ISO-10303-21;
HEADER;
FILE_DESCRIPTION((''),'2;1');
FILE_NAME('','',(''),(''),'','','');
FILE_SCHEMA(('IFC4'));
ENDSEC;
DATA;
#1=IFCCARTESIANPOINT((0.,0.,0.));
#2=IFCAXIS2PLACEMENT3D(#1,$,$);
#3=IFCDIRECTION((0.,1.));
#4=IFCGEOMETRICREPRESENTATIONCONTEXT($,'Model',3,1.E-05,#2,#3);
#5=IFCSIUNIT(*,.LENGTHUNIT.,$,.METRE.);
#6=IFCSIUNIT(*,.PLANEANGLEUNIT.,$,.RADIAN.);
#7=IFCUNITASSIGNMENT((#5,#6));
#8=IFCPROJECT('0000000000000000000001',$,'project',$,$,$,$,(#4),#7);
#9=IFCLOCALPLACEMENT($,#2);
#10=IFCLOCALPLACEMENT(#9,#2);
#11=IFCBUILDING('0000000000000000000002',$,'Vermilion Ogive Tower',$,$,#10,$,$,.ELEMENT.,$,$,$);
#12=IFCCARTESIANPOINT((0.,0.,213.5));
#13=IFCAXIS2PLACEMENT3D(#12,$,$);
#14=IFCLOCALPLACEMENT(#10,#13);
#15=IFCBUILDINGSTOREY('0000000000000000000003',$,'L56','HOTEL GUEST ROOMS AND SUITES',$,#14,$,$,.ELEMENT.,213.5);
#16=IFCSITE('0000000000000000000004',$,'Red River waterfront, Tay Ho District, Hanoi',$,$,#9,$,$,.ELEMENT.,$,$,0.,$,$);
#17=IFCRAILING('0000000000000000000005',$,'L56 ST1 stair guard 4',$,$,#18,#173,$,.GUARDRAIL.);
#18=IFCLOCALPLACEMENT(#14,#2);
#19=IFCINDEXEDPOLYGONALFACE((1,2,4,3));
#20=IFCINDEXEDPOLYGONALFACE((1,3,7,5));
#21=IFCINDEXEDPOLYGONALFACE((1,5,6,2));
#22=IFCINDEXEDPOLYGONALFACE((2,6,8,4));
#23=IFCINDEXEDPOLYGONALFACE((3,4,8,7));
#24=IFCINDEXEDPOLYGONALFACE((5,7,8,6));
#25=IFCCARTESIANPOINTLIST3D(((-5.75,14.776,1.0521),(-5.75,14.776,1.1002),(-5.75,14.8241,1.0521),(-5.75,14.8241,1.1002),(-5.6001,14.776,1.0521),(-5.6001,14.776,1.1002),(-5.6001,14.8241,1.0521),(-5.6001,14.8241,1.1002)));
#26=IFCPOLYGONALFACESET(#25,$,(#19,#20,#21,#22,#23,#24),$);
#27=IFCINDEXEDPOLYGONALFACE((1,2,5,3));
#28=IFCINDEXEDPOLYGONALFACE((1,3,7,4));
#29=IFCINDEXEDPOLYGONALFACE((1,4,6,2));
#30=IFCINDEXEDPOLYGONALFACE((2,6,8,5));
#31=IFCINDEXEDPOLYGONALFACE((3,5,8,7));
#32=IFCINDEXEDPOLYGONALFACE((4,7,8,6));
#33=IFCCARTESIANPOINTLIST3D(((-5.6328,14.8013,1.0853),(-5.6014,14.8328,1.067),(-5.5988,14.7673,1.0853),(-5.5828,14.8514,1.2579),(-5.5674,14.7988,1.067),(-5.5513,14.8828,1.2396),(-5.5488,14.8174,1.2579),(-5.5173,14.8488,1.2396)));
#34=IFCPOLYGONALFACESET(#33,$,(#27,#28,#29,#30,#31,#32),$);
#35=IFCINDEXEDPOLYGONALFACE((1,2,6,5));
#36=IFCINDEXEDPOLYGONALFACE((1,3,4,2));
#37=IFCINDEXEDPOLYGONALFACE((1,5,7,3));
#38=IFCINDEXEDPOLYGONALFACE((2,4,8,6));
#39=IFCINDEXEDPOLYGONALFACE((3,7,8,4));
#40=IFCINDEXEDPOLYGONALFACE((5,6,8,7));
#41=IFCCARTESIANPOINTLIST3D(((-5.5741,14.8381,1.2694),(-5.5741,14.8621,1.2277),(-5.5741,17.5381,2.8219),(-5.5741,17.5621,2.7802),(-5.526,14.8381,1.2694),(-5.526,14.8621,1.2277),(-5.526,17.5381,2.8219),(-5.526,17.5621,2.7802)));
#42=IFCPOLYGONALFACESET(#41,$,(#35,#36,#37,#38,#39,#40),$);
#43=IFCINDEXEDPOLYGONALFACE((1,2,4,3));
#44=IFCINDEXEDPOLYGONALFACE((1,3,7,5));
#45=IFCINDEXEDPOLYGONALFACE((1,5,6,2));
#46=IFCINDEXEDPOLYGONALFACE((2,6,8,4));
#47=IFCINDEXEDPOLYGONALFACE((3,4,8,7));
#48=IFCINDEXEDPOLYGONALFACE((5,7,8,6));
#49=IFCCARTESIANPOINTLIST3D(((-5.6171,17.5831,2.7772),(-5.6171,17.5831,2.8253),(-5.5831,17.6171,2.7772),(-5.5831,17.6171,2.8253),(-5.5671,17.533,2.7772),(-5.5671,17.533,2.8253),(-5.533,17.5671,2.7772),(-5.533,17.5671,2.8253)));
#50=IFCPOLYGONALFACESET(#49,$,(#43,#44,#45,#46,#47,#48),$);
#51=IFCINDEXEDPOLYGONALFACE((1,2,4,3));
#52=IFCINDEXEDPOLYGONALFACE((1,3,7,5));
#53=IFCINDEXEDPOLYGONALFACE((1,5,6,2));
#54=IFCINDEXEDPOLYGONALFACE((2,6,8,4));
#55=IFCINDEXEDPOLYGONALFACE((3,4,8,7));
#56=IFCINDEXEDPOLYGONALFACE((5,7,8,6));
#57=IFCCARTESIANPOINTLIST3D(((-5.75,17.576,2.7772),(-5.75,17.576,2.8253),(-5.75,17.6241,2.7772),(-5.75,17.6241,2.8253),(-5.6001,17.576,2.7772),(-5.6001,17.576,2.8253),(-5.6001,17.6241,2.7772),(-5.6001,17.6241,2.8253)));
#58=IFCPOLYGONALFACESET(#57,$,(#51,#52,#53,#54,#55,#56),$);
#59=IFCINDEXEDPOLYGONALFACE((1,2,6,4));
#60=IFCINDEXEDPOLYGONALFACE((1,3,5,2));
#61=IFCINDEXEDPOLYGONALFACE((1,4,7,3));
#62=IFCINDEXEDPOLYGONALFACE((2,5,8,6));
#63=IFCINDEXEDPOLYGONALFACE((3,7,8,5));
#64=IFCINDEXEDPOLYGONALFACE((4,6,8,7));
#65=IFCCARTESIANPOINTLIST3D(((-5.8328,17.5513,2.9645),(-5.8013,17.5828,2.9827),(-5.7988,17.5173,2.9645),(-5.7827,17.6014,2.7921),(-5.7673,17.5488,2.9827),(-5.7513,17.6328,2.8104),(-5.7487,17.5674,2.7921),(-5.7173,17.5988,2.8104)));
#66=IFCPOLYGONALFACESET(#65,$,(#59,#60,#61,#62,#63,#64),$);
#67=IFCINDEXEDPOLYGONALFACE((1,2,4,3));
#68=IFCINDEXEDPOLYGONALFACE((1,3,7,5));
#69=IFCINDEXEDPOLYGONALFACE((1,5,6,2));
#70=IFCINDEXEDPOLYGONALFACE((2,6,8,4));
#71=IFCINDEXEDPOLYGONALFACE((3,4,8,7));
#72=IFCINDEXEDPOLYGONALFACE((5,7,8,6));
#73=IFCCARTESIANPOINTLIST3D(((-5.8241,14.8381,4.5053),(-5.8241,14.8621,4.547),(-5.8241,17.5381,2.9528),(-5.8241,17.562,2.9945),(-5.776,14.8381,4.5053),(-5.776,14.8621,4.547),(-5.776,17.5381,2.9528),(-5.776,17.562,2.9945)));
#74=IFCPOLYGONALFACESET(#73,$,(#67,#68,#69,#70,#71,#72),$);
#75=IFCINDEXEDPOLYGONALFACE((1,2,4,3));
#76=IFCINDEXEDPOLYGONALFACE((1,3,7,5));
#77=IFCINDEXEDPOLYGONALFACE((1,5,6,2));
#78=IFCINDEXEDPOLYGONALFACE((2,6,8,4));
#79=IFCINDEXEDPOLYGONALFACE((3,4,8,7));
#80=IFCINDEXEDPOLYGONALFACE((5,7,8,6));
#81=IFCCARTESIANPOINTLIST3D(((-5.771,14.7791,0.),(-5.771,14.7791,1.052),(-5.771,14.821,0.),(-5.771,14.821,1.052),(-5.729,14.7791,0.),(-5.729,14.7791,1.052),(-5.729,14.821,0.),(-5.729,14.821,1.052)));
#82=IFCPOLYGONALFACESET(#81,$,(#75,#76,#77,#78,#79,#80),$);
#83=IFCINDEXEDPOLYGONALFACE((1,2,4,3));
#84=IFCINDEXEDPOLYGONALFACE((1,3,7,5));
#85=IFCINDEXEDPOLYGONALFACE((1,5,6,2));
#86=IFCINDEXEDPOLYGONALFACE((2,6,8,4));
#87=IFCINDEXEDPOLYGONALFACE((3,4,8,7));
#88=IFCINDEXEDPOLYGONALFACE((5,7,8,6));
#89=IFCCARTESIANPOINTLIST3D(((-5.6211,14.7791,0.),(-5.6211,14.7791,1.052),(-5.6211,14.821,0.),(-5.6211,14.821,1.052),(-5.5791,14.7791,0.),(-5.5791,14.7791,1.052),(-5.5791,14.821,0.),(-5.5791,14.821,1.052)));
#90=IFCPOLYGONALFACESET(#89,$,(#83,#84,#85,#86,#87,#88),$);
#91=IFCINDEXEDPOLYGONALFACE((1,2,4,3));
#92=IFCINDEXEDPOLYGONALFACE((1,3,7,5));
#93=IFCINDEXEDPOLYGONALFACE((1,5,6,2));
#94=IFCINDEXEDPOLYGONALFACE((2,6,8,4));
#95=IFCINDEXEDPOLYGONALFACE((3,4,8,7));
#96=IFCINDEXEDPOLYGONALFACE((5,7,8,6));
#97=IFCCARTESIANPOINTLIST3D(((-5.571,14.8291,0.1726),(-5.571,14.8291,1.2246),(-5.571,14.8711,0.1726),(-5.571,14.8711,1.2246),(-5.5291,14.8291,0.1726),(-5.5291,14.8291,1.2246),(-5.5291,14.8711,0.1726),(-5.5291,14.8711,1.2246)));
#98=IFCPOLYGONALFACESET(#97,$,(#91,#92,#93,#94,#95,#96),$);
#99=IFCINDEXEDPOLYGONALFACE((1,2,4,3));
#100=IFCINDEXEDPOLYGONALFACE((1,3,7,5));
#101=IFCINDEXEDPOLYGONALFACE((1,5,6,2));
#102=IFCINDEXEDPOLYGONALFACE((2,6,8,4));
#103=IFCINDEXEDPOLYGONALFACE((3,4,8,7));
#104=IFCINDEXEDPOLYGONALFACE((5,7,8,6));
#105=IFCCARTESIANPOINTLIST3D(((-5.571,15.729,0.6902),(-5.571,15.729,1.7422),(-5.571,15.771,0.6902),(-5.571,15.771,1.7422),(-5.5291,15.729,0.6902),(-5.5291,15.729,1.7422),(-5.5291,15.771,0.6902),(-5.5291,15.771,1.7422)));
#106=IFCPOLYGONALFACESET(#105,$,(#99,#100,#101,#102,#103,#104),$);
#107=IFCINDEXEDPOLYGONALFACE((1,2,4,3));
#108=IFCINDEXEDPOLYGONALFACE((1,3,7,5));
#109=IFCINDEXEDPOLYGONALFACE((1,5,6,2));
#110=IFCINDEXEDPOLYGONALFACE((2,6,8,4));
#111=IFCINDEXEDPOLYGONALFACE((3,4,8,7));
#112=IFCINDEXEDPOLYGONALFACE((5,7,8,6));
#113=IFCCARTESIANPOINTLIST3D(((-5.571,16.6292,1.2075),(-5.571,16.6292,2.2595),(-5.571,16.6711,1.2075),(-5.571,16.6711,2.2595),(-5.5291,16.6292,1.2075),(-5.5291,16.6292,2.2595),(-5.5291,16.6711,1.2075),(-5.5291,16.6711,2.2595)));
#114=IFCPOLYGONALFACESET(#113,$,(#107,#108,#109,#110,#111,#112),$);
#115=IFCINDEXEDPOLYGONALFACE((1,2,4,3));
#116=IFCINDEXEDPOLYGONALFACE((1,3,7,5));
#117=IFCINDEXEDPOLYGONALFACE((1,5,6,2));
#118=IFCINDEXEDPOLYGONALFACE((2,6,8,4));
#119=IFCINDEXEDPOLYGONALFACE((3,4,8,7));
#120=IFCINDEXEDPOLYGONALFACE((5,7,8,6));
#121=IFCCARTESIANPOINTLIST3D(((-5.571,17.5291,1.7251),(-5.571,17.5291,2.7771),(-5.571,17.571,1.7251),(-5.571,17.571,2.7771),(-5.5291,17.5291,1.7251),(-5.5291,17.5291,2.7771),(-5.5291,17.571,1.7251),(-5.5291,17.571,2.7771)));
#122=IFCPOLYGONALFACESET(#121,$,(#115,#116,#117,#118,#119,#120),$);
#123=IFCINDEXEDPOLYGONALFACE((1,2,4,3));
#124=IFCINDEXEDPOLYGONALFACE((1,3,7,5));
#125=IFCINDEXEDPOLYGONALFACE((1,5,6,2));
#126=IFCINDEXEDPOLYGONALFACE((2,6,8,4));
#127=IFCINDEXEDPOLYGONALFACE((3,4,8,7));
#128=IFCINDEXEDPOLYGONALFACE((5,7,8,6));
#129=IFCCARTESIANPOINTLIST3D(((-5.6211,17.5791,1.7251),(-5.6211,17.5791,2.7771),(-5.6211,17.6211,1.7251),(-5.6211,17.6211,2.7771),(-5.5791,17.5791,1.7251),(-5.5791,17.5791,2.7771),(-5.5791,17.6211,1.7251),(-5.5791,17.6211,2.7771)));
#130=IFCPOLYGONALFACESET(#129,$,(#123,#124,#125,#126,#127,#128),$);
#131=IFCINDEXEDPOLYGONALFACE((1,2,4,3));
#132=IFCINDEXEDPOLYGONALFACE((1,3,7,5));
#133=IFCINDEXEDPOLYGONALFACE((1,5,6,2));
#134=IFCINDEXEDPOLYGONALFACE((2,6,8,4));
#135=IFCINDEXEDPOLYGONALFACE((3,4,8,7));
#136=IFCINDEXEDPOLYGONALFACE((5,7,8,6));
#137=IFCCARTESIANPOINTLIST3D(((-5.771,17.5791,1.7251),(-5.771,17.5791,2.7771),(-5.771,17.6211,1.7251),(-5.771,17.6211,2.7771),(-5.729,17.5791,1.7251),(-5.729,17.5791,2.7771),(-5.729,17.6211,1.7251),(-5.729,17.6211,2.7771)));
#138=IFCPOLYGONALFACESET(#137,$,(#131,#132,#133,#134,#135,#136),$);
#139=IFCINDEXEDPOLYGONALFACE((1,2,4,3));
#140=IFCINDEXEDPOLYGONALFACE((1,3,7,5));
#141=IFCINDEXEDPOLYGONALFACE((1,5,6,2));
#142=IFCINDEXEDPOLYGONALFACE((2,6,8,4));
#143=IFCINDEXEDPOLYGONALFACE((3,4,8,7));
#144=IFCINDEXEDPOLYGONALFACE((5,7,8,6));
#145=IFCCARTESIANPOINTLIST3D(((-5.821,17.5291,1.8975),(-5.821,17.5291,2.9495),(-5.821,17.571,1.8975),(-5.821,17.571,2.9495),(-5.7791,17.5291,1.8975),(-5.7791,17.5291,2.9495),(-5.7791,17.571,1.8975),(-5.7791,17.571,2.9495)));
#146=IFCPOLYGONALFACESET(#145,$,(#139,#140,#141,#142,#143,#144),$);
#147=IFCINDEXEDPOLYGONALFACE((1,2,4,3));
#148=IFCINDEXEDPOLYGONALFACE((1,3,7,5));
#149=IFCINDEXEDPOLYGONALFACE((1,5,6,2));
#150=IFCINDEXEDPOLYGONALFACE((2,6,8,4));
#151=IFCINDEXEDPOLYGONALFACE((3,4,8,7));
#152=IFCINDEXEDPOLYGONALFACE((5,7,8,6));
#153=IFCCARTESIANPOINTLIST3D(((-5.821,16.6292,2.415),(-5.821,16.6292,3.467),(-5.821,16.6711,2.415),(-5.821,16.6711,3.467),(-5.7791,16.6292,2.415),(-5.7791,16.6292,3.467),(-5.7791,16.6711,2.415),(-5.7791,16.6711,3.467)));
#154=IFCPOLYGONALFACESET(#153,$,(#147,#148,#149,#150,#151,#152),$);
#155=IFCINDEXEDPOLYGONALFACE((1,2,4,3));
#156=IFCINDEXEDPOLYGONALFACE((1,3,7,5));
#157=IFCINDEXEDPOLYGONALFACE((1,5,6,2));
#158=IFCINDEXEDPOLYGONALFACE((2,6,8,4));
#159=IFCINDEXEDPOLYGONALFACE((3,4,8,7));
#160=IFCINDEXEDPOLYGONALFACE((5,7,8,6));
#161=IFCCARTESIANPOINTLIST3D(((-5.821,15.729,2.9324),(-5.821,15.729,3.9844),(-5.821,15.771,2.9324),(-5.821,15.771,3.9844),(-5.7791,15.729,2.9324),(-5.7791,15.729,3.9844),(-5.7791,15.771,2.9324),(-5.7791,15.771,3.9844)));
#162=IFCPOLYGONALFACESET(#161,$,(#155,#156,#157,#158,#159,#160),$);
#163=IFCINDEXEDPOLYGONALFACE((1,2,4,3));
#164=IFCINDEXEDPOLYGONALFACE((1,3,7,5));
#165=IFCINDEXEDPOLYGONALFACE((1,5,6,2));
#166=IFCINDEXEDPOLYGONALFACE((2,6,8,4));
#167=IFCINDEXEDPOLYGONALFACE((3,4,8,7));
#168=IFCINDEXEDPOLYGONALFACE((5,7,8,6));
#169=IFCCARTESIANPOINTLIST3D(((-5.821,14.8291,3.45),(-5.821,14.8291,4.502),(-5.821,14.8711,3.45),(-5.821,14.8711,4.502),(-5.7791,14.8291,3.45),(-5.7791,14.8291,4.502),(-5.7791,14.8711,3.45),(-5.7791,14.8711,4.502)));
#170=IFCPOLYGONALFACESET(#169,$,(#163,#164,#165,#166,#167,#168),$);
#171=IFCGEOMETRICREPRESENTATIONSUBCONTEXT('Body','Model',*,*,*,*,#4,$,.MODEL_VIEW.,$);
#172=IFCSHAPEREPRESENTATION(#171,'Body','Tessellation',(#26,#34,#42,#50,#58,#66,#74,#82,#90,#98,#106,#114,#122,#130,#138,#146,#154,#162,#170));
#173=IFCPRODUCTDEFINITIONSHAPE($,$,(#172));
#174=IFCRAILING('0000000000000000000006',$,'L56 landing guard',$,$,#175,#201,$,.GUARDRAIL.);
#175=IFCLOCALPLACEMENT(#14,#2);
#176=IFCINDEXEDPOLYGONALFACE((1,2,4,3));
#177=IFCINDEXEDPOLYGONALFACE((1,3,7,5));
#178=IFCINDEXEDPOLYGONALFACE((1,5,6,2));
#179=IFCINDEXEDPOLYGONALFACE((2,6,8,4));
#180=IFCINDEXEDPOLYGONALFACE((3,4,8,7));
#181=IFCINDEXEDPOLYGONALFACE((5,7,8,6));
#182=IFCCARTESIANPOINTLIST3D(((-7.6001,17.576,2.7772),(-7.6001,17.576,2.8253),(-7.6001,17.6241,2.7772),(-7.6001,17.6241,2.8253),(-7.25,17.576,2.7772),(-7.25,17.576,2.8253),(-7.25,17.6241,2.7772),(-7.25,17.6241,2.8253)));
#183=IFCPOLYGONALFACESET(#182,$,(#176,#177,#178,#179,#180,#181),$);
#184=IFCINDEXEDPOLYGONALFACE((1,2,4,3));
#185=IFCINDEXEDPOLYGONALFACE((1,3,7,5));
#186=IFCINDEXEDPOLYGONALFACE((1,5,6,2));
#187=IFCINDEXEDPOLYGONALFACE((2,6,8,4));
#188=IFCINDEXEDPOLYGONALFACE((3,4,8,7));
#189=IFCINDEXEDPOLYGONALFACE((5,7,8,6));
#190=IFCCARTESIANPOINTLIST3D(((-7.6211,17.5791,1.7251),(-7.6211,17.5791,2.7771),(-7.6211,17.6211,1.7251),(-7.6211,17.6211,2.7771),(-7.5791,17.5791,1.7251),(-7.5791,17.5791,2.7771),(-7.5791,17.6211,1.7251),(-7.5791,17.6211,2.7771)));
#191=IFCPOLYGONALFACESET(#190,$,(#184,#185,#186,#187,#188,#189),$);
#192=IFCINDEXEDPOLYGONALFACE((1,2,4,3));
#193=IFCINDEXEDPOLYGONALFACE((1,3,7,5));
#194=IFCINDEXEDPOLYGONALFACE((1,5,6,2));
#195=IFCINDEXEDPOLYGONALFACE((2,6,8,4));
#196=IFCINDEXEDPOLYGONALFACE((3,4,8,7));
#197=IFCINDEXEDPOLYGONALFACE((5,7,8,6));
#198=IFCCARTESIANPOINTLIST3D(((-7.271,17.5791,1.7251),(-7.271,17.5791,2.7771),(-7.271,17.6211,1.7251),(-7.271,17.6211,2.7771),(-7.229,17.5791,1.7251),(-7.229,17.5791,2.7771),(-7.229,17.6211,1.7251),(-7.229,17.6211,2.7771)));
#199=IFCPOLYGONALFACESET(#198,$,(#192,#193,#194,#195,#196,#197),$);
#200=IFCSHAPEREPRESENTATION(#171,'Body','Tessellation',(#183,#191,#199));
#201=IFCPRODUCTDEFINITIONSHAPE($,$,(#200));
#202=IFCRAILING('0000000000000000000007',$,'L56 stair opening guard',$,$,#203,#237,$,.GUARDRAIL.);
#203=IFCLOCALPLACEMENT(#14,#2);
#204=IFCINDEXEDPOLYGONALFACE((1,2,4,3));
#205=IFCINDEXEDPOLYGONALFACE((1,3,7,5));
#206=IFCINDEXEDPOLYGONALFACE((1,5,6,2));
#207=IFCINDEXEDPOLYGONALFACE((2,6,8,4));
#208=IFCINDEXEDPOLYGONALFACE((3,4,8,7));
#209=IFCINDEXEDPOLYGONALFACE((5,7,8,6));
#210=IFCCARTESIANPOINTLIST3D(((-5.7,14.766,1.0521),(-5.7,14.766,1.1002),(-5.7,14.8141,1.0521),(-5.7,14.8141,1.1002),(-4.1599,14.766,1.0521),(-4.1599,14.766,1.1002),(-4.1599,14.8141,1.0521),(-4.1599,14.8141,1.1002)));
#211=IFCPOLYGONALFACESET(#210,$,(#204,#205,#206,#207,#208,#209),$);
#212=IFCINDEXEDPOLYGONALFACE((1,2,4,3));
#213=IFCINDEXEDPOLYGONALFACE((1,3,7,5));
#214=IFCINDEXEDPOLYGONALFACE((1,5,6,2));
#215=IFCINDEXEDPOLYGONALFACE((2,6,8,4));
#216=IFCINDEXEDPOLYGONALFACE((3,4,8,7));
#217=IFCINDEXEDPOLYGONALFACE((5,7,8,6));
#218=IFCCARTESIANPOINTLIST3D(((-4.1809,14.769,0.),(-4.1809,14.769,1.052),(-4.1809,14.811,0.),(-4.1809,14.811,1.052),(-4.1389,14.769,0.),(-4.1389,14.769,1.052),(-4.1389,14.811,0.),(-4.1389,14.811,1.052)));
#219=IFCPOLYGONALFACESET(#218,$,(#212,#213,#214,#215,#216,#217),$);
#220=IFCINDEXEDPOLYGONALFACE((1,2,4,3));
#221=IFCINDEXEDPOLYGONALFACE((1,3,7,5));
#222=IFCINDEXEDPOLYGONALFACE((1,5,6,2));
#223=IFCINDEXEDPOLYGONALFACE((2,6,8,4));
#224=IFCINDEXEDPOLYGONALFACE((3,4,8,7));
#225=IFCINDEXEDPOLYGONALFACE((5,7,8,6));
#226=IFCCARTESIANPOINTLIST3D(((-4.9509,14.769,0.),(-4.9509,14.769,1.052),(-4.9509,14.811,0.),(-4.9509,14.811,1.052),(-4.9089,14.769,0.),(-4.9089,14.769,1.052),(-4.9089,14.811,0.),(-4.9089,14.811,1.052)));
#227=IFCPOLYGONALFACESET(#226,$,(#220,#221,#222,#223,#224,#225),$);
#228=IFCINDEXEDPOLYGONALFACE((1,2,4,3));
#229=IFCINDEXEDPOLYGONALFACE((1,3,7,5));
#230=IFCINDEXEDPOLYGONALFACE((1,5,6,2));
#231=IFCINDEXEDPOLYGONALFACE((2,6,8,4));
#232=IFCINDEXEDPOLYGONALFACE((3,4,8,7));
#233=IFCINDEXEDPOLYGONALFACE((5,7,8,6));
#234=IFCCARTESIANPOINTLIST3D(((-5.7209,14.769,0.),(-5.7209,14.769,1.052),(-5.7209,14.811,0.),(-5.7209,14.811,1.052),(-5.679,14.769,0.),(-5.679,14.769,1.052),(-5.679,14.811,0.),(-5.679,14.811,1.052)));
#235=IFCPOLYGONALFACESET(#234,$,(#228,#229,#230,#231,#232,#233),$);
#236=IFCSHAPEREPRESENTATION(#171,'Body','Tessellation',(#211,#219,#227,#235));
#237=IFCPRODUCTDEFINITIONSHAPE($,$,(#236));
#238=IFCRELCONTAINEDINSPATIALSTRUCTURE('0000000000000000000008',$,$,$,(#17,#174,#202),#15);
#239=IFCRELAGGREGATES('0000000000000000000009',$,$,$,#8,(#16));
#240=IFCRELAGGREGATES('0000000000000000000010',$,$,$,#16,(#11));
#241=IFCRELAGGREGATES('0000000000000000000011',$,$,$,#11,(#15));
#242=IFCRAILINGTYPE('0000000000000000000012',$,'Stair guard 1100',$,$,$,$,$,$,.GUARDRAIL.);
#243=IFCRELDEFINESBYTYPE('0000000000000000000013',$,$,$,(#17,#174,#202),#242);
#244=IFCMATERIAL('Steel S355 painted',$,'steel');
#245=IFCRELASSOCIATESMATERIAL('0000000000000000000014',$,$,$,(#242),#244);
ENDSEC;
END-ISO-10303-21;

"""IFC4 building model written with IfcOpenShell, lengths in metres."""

from ifc_helpers import new_model, si_unit, direction, frame, origin, origin_2d, place, context, subcontext, project, spatial, rectangle, extrude, material, type_object, element, save


model = new_model("IFC4")

# Units and contexts
model_context = context("Model", 3, precision=1e-05, world=origin(), true_north=direction((0.0, 1.0)))
body_context = subcontext(model_context, "Body", "Model", "MODEL_VIEW")
ifc_project = project(units=[si_unit("LENGTHUNIT", "METRE"), si_unit("PLANEANGLEUNIT", "RADIAN")], contexts=[model_context])

# Site, building, storey
site_placement = place(None, origin())
site = spatial("IfcSite", under=ifc_project, at=site_placement, Name="Red River waterfront, Tay Ho District, Hanoi", CompositionType="ELEMENT", RefElevation=0.0)
building_placement = place(site_placement, origin())
building = spatial("IfcBuilding", under=site, at=building_placement, Name="Vermilion Ogive Tower", CompositionType="ELEMENT")
storey_placement = place(building_placement, frame((0.0, 0.0, 213.5)))
storey = spatial("IfcBuildingStorey", under=building, at=storey_placement, Name="L56", Description="HOTEL GUEST ROOMS AND SUITES", CompositionType="ELEMENT", Elevation=213.5)

# Railings
ifc_material_1 = material(Name="Steel S355 painted", Category="steel")
railing_type_1 = type_object("IfcRailingType", Name="Stair guard 1100", PredefinedType="GUARDRAIL", material=ifc_material_1)
railing_1_placement = place(storey_placement, frame((-5.75, 14.8, 0.0)))
element("IfcRailing", 1, at=railing_1_placement, inside=storey, type_object=railing_type_1, Name="L56 ST1 stair guard 4", PredefinedType="GUARDRAIL", context=body_context, shape_type="SweptSolid", body=[
    extrude(rectangle(XDim=0.0481, YDim=0.0481, at=origin_2d()), frame((0.0, 0.0, 1.0762), z_axis=(1.0, 0.0, 0.0), x_axis=(0.0, 1.0, 0.0)), (0.0, 0.0, 1.0), 0.1499),
    extrude(rectangle(XDim=0.0481, YDim=0.0481, at=origin_2d()), frame((0.1499, 0.0, 1.0762), z_axis=(0.268278, 0.268278, 0.925232), x_axis=(-0.707107, 0.707107, 0.0)), (0.0, 0.0, 1.0), 0.1865),
    extrude(rectangle(XDim=0.0481, YDim=0.0481, at=origin_2d()), frame((0.2, 0.05, 1.2485), z_axis=(0.0, 0.866904, 0.498476), x_axis=(-1.0, 0.0, 0.0)), (0.0, 0.0, 1.0), 3.1145),
    extrude(rectangle(XDim=0.0481, YDim=0.0481, at=origin_2d()), frame((0.2, 2.75, 2.8013), z_axis=(-0.707107, 0.707107, 0.0), x_axis=(-0.707107, -0.707107, 0.0)), (0.0, 0.0, 1.0), 0.0708),
    extrude(rectangle(XDim=0.0481, YDim=0.0481, at=origin_2d()), frame((0.1499, 2.8, 2.8013), z_axis=(-1.0, 0.0, 0.0), x_axis=(0.0, -1.0, 0.0)), (0.0, 0.0, 1.0), 0.1499),
    extrude(rectangle(XDim=0.0481, YDim=0.0481, at=origin_2d()), frame((0.0, 2.8, 2.8013), z_axis=(-0.268603, -0.268603, 0.925043), x_axis=(0.707107, -0.707107, 0.0)), (0.0, 0.0, 1.0), 0.1863),
    extrude(rectangle(XDim=0.0481, YDim=0.0481, at=origin_2d()), frame((-0.05, 2.75, 2.9736), z_axis=(0.0, -0.866904, 0.498476), x_axis=(1.0, 0.0, 0.0)), (0.0, 0.0, 1.0), 3.1145),
    extrude(rectangle(XDim=0.042, YDim=0.042, at=origin_2d()), origin(), (0.0, 0.0, 1.0), 1.052),
    extrude(rectangle(XDim=0.042, YDim=0.042, at=origin_2d()), frame((0.1499, 0.0, 0.0)), (0.0, 0.0, 1.0), 1.052),
    extrude(rectangle(XDim=0.042, YDim=0.042, at=origin_2d()), frame((0.2, 0.05, 0.1726)), (0.0, 0.0, 1.0), 1.052),
    extrude(rectangle(XDim=0.042, YDim=0.042, at=origin_2d()), frame((0.2, 0.95, 0.6902)), (0.0, 0.0, 1.0), 1.052),
    extrude(rectangle(XDim=0.042, YDim=0.042, at=origin_2d()), frame((0.2, 1.8501, 1.2075)), (0.0, 0.0, 1.0), 1.052),
    extrude(rectangle(XDim=0.042, YDim=0.042, at=origin_2d()), frame((0.2, 2.75, 1.7251)), (0.0, 0.0, 1.0), 1.052),
    extrude(rectangle(XDim=0.042, YDim=0.042, at=origin_2d()), frame((0.1499, 2.8, 1.7251)), (0.0, 0.0, 1.0), 1.052),
    extrude(rectangle(XDim=0.042, YDim=0.042, at=origin_2d()), frame((0.0, 2.8, 1.7251)), (0.0, 0.0, 1.0), 1.052),
    extrude(rectangle(XDim=0.042, YDim=0.042, at=origin_2d()), frame((-0.05, 2.75, 1.8975)), (0.0, 0.0, 1.0), 1.052),
    extrude(rectangle(XDim=0.042, YDim=0.042, at=origin_2d()), frame((-0.05, 1.8501, 2.415)), (0.0, 0.0, 1.0), 1.052),
    extrude(rectangle(XDim=0.042, YDim=0.042, at=origin_2d()), frame((-0.05, 0.95, 2.9324)), (0.0, 0.0, 1.0), 1.052),
    extrude(rectangle(XDim=0.042, YDim=0.042, at=origin_2d()), frame((-0.05, 0.05, 3.45)), (0.0, 0.0, 1.0), 1.052),
])
railing_2_placement = place(storey_placement, frame((-7.6001, 17.6001, 1.7251)))
element("IfcRailing", 2, at=railing_2_placement, inside=storey, type_object=railing_type_1, Name="L56 landing guard", PredefinedType="GUARDRAIL", context=body_context, shape_type="SweptSolid", body=[
    extrude(rectangle(XDim=0.0481, YDim=0.0481, at=origin_2d()), frame((0.0, 0.0, 1.0762), z_axis=(1.0, 0.0, 0.0), x_axis=(0.0, 1.0, 0.0)), (0.0, 0.0, 1.0), 0.3501),
    extrude(rectangle(XDim=0.042, YDim=0.042, at=origin_2d()), origin(), (0.0, 0.0, 1.0), 1.052),
    extrude(rectangle(XDim=0.042, YDim=0.042, at=origin_2d()), frame((0.3501, 0.0, 0.0)), (0.0, 0.0, 1.0), 1.052),
])
railing_3_placement = place(storey_placement, frame((-4.1599, 14.79, 0.0)))
element("IfcRailing", 3, at=railing_3_placement, inside=storey, type_object=railing_type_1, Name="L56 stair opening guard", PredefinedType="GUARDRAIL", context=body_context, shape_type="SweptSolid", body=[
    extrude(rectangle(XDim=0.0481, YDim=0.0481, at=origin_2d()), frame((0.0, 0.0, 1.0762), z_axis=(-1.0, 0.0, 0.0), x_axis=(0.0, -1.0, 0.0)), (0.0, 0.0, 1.0), 1.54),
    extrude(rectangle(XDim=0.042, YDim=0.042, at=origin_2d()), origin(), (0.0, 0.0, 1.0), 1.052),
    extrude(rectangle(XDim=0.042, YDim=0.042, at=origin_2d()), frame((-0.77, 0.0, 0.0)), (0.0, 0.0, 1.0), 1.052),
    extrude(rectangle(XDim=0.042, YDim=0.042, at=origin_2d()), frame((-1.54, 0.0, 0.0)), (0.0, 0.0, 1.0), 1.052),
])

save(model, "model.ifc")
